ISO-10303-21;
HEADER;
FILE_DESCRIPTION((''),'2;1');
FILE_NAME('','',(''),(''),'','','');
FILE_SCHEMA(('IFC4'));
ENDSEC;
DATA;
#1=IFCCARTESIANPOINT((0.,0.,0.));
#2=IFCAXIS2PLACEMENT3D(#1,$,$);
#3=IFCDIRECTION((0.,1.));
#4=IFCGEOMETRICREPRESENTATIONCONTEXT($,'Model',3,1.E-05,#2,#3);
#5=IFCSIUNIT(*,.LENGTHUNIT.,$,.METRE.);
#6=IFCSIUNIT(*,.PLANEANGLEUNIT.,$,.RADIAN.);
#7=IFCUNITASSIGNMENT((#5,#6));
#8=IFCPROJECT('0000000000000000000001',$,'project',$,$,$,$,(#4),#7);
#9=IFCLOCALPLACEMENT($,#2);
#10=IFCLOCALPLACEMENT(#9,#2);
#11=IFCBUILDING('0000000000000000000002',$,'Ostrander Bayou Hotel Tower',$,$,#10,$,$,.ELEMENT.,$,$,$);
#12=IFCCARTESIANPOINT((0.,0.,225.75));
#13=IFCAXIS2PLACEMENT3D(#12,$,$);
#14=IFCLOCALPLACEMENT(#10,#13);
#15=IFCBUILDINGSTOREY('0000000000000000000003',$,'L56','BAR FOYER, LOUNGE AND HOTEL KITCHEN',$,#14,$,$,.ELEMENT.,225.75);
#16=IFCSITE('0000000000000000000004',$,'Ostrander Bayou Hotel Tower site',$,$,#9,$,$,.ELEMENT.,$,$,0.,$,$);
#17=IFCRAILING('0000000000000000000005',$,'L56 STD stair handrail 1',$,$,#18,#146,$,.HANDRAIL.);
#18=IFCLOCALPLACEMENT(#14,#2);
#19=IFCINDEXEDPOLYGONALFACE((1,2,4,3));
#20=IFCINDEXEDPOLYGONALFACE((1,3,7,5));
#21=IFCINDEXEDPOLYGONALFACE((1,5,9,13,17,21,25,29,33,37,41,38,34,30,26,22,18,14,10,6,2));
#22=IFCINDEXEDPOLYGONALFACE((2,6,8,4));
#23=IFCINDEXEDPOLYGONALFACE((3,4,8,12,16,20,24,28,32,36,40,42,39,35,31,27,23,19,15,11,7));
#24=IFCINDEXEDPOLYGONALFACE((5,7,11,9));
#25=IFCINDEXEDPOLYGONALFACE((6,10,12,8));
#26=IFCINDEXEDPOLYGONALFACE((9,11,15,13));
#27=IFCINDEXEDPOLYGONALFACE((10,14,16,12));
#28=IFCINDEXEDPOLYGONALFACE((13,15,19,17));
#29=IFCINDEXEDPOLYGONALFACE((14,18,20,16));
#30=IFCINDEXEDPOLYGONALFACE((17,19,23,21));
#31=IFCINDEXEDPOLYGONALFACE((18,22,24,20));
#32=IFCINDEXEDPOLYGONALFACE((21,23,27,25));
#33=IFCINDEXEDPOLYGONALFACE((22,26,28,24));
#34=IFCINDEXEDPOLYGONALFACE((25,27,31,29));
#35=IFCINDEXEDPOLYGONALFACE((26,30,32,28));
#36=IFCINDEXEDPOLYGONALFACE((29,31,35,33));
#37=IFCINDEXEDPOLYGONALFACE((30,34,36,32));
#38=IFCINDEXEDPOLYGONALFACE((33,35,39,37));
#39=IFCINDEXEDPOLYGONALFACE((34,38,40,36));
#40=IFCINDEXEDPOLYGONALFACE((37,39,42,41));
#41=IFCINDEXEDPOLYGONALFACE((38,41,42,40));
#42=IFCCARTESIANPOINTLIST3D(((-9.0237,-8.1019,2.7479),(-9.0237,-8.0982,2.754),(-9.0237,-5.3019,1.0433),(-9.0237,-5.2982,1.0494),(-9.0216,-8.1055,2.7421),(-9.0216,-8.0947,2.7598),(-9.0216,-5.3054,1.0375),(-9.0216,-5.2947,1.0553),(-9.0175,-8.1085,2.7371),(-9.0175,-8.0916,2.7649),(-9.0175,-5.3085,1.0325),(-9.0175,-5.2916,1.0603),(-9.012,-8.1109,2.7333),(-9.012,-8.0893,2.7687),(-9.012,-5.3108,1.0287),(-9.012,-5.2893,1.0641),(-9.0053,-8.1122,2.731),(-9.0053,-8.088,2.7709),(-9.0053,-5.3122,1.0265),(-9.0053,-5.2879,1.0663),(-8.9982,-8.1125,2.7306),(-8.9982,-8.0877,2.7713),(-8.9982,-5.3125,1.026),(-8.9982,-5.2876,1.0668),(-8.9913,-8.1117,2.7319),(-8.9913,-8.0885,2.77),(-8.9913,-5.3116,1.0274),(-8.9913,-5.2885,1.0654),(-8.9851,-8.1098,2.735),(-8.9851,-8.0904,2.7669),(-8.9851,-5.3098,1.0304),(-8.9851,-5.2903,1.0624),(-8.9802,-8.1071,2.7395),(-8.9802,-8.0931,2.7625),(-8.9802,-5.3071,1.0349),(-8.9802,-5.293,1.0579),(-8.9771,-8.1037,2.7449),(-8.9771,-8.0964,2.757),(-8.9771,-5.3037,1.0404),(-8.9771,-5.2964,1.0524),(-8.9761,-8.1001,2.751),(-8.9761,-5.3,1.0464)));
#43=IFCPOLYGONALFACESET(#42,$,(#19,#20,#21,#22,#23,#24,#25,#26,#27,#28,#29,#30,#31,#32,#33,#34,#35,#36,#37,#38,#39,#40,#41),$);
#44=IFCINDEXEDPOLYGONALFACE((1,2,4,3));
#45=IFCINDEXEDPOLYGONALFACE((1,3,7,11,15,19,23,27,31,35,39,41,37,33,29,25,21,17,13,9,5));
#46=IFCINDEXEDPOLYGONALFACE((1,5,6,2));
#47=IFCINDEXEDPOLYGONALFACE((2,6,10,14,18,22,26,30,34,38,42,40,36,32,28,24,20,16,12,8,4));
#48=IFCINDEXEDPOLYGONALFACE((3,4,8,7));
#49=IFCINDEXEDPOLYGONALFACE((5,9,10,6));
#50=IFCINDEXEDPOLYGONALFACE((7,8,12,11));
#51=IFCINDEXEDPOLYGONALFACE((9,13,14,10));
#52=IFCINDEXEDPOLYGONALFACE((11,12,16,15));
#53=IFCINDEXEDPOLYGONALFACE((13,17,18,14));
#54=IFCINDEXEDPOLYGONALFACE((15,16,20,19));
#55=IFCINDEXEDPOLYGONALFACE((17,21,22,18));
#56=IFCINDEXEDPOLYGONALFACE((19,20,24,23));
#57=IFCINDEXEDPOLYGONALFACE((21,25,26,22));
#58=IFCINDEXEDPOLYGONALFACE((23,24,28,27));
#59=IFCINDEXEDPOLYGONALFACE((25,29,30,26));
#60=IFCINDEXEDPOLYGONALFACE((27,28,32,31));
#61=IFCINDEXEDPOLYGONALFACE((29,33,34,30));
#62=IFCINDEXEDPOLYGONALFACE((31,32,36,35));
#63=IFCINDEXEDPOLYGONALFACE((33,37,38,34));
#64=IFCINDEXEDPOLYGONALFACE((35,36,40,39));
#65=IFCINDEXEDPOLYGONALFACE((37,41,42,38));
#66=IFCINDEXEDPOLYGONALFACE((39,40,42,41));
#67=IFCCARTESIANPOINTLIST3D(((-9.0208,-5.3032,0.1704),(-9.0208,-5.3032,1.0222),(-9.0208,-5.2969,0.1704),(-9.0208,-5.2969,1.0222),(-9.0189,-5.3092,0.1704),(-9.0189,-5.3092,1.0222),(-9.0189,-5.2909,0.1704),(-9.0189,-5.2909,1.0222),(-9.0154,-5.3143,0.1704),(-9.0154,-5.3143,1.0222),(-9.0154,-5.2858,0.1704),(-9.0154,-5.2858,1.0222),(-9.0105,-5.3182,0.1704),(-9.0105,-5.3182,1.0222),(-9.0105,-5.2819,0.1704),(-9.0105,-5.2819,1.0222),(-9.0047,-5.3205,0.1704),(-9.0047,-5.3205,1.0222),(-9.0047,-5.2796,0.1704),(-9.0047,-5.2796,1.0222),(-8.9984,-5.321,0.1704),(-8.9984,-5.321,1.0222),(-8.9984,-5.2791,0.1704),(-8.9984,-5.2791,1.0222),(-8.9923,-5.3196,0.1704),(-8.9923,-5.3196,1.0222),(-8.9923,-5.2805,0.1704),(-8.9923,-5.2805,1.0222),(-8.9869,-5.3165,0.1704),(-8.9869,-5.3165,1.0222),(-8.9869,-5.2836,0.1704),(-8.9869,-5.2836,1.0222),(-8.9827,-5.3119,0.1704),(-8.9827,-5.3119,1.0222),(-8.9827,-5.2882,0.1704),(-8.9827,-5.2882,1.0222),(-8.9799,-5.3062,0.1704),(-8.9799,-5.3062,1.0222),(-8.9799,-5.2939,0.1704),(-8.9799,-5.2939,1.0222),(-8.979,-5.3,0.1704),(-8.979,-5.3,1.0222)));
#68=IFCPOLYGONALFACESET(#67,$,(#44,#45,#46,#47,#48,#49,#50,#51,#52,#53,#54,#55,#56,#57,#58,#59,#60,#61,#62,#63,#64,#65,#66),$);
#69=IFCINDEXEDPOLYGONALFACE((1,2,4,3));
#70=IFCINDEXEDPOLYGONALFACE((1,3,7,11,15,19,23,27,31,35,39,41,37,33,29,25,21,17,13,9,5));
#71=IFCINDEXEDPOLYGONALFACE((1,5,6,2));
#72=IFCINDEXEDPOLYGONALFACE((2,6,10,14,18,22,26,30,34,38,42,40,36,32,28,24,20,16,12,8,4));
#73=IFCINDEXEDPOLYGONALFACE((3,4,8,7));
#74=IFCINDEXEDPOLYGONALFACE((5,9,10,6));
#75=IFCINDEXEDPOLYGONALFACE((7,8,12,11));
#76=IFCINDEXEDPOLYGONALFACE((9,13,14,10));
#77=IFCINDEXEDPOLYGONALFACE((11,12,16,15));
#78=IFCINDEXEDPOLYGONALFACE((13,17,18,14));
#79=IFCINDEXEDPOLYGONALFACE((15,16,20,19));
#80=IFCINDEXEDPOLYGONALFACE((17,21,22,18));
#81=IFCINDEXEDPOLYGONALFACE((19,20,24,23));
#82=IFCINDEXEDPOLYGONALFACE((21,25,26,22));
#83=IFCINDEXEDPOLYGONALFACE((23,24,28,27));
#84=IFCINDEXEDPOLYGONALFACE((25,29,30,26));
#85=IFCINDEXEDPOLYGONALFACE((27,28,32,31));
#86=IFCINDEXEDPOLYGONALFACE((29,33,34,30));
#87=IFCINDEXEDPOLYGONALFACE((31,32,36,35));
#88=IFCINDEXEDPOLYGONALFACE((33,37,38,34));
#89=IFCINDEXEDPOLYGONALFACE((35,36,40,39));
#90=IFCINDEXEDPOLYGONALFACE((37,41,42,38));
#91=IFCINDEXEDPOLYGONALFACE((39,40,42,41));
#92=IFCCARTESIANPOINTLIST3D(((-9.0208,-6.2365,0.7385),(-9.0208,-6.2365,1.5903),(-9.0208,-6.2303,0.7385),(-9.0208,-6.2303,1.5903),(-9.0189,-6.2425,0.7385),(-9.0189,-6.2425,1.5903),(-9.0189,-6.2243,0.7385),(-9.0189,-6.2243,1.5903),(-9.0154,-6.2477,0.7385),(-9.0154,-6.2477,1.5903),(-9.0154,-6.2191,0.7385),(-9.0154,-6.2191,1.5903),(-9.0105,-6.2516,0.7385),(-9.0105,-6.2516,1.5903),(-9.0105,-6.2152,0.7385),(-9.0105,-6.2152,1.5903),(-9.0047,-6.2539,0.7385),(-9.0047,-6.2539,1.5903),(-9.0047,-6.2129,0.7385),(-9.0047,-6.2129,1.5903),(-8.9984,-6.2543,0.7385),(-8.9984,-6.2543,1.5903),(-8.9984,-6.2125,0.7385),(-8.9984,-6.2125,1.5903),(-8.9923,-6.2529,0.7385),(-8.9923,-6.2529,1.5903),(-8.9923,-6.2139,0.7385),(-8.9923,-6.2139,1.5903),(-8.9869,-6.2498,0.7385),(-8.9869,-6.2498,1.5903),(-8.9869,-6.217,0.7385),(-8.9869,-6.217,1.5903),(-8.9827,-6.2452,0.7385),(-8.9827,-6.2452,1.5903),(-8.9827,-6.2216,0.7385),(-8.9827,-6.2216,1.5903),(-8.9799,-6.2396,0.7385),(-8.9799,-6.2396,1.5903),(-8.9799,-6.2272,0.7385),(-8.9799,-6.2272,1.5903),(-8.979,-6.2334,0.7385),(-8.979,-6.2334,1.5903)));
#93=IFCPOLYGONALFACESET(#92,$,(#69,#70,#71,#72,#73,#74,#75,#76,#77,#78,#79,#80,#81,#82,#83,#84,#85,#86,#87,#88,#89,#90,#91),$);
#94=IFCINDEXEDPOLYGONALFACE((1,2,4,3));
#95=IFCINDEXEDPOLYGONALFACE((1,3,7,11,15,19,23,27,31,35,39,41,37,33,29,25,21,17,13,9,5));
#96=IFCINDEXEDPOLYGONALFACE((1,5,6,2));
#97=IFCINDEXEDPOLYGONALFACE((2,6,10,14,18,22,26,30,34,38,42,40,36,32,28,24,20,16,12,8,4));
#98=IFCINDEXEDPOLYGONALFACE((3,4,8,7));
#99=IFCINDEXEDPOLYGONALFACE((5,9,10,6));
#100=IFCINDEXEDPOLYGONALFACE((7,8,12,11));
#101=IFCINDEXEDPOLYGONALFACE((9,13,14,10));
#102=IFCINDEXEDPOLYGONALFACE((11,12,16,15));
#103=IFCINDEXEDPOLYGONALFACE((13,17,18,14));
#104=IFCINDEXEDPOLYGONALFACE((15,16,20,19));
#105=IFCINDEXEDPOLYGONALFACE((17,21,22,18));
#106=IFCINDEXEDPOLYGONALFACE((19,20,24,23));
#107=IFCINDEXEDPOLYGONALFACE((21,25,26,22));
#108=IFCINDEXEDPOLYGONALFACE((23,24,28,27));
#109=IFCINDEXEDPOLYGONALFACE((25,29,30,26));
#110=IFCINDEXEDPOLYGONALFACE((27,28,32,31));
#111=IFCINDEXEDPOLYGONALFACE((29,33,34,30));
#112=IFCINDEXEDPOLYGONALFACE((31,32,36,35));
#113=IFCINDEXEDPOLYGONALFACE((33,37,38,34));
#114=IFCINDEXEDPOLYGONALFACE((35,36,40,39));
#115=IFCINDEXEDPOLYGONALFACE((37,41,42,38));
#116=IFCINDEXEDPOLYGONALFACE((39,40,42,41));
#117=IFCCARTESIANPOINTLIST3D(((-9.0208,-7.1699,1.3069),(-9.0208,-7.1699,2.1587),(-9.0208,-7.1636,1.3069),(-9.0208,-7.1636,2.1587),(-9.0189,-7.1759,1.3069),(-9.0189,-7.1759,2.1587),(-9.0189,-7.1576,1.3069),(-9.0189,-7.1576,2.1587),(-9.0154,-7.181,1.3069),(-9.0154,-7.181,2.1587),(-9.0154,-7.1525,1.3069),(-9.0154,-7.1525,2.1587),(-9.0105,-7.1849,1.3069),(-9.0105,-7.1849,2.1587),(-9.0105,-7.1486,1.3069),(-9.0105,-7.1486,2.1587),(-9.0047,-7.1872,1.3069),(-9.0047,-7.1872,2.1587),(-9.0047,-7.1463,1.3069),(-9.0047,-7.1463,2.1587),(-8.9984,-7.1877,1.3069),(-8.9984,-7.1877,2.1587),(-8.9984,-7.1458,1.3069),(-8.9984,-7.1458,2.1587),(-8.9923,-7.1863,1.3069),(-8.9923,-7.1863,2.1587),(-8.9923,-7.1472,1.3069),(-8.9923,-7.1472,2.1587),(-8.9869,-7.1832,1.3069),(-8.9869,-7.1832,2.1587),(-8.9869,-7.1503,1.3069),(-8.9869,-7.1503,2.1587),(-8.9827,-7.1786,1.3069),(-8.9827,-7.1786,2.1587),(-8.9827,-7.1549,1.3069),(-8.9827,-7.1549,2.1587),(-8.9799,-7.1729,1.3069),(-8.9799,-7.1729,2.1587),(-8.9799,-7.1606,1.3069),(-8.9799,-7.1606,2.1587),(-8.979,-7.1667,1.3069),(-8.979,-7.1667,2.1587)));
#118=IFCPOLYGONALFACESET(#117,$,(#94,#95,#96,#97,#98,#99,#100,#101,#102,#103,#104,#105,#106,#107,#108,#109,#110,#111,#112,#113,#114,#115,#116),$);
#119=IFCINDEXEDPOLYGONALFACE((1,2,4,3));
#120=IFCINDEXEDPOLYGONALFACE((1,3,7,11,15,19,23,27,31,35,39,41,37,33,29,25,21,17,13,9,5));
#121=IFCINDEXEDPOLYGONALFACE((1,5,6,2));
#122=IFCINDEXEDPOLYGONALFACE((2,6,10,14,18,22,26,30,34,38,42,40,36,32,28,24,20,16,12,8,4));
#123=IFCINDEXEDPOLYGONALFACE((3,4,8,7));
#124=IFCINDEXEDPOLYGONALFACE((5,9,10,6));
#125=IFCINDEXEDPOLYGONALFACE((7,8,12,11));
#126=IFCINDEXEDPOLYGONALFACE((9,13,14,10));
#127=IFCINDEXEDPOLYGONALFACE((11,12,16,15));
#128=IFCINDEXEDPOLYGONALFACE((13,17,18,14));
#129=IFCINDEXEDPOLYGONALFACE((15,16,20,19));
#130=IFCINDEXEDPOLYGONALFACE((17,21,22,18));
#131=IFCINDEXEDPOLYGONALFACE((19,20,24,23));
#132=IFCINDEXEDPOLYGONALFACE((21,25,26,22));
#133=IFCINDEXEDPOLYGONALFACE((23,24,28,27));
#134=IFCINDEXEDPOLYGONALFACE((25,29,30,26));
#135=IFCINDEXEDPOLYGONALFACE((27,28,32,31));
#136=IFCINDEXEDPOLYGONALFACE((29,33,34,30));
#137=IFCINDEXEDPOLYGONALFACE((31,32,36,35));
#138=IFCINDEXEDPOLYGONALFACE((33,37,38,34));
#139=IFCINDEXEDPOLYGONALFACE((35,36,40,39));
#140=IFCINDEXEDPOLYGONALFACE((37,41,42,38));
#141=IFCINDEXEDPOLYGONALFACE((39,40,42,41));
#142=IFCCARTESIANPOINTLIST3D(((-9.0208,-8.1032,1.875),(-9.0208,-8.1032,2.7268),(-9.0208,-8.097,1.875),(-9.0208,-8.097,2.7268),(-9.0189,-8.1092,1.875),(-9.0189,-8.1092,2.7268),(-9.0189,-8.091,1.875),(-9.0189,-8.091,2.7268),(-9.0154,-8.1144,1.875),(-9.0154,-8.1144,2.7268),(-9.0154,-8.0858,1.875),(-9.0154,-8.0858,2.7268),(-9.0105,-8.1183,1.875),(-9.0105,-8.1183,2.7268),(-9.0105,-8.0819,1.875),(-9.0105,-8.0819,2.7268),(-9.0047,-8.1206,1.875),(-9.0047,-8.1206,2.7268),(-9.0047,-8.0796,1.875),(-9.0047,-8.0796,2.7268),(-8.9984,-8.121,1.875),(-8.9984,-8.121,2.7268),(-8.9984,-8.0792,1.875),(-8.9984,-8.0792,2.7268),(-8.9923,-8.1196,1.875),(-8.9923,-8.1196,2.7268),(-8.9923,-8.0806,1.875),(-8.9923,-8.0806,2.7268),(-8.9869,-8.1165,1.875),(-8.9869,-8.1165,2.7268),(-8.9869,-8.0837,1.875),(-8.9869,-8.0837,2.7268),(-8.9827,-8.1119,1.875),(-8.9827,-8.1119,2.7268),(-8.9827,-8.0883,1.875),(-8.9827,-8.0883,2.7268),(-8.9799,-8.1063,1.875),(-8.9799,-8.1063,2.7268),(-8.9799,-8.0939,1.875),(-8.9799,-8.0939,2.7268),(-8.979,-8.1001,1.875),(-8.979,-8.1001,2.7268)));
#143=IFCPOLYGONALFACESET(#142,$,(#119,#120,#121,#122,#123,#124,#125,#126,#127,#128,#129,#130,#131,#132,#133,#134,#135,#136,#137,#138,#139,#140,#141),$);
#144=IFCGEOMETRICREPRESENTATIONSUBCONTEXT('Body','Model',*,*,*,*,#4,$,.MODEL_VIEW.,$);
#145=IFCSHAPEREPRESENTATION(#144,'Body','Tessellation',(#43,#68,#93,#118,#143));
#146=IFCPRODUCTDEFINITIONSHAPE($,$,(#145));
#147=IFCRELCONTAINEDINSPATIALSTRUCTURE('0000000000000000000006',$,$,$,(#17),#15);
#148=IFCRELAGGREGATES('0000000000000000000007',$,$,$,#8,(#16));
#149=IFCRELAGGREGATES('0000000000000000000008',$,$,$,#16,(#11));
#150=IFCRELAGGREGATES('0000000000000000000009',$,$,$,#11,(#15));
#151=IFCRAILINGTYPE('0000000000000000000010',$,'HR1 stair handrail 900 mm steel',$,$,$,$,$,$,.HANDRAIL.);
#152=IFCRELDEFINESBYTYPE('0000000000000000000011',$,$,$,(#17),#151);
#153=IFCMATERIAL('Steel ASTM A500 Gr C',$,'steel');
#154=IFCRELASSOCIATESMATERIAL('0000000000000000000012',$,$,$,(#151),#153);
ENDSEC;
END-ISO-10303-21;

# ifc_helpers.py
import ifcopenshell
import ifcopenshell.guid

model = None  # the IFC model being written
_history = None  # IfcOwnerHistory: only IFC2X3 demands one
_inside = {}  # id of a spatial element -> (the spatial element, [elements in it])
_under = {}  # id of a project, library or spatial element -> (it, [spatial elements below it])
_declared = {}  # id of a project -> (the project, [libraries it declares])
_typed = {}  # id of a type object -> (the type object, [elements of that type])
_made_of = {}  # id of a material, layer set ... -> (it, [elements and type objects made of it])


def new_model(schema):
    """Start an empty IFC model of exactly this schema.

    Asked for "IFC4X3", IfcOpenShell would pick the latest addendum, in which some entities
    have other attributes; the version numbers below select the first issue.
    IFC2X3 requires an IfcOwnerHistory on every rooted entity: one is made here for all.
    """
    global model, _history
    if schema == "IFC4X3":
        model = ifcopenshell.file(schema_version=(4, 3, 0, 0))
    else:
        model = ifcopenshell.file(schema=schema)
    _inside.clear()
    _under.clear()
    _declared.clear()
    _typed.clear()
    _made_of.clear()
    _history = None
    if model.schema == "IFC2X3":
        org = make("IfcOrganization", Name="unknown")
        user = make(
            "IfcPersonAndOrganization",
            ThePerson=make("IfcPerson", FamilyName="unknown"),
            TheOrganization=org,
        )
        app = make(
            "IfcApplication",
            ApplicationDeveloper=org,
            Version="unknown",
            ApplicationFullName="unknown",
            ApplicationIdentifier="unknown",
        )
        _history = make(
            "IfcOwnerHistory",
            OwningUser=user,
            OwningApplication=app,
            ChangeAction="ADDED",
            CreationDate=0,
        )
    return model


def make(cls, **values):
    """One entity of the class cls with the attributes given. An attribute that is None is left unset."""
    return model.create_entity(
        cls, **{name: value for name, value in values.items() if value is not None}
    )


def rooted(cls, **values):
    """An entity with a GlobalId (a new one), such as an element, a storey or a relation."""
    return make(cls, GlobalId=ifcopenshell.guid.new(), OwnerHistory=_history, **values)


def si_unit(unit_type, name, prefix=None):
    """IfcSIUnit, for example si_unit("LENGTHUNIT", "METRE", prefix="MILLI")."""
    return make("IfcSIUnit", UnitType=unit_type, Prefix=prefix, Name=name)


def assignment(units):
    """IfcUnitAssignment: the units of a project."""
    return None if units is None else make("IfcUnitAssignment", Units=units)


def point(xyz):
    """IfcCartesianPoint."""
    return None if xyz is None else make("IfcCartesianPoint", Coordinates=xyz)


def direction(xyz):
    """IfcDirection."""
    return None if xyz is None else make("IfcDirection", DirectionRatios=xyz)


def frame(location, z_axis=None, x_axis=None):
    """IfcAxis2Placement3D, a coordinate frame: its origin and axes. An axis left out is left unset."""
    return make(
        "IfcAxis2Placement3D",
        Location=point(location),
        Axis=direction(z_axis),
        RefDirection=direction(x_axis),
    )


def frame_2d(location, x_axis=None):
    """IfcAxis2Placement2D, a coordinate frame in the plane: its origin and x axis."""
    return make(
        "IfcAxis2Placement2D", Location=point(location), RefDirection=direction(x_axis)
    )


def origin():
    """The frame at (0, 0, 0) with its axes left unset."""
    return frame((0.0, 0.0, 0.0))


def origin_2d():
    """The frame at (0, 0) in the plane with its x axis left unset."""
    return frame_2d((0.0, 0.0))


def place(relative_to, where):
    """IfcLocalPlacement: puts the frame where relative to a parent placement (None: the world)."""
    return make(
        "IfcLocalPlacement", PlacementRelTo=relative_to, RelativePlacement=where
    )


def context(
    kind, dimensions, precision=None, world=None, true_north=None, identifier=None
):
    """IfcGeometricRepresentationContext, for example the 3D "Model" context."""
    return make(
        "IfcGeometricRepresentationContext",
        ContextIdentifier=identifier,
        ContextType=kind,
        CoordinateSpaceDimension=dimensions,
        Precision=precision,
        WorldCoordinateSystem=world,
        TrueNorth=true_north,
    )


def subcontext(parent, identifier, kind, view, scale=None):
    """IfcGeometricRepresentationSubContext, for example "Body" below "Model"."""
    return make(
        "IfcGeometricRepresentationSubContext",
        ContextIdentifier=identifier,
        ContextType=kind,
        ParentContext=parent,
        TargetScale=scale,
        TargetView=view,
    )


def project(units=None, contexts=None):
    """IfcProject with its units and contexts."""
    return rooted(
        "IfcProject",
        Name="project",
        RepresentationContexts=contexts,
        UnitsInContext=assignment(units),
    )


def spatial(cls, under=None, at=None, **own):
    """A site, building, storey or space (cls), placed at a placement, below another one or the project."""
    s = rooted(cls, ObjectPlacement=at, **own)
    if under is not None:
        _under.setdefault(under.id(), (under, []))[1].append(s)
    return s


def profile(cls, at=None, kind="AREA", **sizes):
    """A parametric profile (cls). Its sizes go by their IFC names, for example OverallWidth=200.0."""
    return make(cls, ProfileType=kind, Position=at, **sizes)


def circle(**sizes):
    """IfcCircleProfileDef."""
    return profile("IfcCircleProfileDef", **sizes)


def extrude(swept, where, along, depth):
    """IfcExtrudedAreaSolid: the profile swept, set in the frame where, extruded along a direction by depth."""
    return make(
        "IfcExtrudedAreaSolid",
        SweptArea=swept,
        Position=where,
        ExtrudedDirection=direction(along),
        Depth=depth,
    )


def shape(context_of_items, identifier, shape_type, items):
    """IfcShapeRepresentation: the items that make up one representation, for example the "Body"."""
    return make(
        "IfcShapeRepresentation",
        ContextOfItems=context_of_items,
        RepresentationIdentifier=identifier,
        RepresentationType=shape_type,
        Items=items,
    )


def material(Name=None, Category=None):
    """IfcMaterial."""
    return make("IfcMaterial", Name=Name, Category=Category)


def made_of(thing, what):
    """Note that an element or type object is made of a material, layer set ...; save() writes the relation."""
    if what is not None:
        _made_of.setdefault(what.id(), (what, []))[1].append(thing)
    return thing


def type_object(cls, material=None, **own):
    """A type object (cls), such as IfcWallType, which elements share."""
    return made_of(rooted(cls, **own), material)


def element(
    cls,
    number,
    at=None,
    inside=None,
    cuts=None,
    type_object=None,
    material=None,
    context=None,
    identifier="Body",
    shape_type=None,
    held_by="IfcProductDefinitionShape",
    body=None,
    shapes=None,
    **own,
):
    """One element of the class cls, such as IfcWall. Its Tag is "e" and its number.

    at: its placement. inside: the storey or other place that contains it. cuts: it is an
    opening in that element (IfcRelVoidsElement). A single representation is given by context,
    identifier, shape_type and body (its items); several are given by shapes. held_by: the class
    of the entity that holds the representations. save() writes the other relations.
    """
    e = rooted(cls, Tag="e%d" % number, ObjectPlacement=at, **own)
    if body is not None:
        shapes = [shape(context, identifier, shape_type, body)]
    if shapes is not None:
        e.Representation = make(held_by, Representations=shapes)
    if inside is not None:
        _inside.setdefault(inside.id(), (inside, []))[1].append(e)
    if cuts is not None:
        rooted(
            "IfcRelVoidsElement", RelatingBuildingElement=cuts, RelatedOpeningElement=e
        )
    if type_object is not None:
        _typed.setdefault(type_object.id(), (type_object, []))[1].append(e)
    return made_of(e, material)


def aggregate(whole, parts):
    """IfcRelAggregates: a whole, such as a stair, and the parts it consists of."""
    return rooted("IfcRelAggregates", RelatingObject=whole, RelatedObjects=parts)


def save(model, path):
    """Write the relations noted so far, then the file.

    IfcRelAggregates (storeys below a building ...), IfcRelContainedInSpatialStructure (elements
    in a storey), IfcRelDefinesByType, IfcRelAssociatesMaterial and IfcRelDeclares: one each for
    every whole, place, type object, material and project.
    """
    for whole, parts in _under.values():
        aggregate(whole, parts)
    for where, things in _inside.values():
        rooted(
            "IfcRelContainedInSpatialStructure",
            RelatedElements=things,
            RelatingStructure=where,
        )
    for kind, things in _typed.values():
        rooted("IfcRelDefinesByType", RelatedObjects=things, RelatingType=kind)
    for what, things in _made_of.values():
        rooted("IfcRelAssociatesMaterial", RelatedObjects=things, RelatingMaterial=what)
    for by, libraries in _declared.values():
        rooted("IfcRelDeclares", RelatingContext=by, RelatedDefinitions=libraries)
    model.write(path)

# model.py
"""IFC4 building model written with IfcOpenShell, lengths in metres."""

from ifc_helpers import new_model, si_unit, direction, frame, origin, origin_2d, place, context, subcontext, project, spatial, circle, extrude, material, type_object, element, save


model = new_model("IFC4")

# Units and contexts
model_context = context("Model", 3, precision=1e-05, world=origin(), true_north=direction((0.0, 1.0)))
body_context = subcontext(model_context, "Body", "Model", "MODEL_VIEW")
ifc_project = project(units=[si_unit("LENGTHUNIT", "METRE"), si_unit("PLANEANGLEUNIT", "RADIAN")], contexts=[model_context])

# Site, building, storey
site_placement = place(None, origin())
site = spatial("IfcSite", under=ifc_project, at=site_placement, Name="Ostrander Bayou Hotel Tower site", CompositionType="ELEMENT", RefElevation=0.0)
building_placement = place(site_placement, origin())
building = spatial("IfcBuilding", under=site, at=building_placement, Name="Ostrander Bayou Hotel Tower", CompositionType="ELEMENT")
storey_placement = place(building_placement, frame((0.0, 0.0, 225.75)))
storey = spatial("IfcBuildingStorey", under=building, at=storey_placement, Name="L56", Description="BAR FOYER, LOUNGE AND HOTEL KITCHEN", CompositionType="ELEMENT", Elevation=225.75)

# Railing
ifc_material_1 = material(Name="Steel ASTM A500 Gr C", Category="steel")
railing_type_1 = type_object("IfcRailingType", Name="HR1 stair handrail 900 mm steel", PredefinedType="HANDRAIL", material=ifc_material_1)
railing_1_placement = place(storey_placement, frame((-9.0, -5.3, 0.1704)))
element("IfcRailing", 1, at=railing_1_placement, inside=storey, type_object=railing_type_1, Name="L56 STD stair handrail 1", PredefinedType="HANDRAIL", context=body_context, shape_type="SweptSolid", body=[
    extrude(circle(Radius=0.0239, at=origin_2d()), frame((0.0, 0.0, 0.876), z_axis=(0.0, -0.85417, 0.519994), x_axis=(1.0, 0.0, 0.0)), (0.0, 0.0, 1.0), 3.2781),
    extrude(circle(Radius=0.021, at=origin_2d()), origin(), (0.0, 0.0, 1.0), 0.8518),
    extrude(circle(Radius=0.021, at=origin_2d()), frame((0.0, -0.9333, 0.5681)), (0.0, 0.0, 1.0), 0.8518),
    extrude(circle(Radius=0.021, at=origin_2d()), frame((0.0, -1.8667, 1.1365)), (0.0, 0.0, 1.0), 0.8518),
    extrude(circle(Radius=0.021, at=origin_2d()), frame((0.0, -2.8, 1.7046)), (0.0, 0.0, 1.0), 0.8518),
])

save(model, "model.ifc")
